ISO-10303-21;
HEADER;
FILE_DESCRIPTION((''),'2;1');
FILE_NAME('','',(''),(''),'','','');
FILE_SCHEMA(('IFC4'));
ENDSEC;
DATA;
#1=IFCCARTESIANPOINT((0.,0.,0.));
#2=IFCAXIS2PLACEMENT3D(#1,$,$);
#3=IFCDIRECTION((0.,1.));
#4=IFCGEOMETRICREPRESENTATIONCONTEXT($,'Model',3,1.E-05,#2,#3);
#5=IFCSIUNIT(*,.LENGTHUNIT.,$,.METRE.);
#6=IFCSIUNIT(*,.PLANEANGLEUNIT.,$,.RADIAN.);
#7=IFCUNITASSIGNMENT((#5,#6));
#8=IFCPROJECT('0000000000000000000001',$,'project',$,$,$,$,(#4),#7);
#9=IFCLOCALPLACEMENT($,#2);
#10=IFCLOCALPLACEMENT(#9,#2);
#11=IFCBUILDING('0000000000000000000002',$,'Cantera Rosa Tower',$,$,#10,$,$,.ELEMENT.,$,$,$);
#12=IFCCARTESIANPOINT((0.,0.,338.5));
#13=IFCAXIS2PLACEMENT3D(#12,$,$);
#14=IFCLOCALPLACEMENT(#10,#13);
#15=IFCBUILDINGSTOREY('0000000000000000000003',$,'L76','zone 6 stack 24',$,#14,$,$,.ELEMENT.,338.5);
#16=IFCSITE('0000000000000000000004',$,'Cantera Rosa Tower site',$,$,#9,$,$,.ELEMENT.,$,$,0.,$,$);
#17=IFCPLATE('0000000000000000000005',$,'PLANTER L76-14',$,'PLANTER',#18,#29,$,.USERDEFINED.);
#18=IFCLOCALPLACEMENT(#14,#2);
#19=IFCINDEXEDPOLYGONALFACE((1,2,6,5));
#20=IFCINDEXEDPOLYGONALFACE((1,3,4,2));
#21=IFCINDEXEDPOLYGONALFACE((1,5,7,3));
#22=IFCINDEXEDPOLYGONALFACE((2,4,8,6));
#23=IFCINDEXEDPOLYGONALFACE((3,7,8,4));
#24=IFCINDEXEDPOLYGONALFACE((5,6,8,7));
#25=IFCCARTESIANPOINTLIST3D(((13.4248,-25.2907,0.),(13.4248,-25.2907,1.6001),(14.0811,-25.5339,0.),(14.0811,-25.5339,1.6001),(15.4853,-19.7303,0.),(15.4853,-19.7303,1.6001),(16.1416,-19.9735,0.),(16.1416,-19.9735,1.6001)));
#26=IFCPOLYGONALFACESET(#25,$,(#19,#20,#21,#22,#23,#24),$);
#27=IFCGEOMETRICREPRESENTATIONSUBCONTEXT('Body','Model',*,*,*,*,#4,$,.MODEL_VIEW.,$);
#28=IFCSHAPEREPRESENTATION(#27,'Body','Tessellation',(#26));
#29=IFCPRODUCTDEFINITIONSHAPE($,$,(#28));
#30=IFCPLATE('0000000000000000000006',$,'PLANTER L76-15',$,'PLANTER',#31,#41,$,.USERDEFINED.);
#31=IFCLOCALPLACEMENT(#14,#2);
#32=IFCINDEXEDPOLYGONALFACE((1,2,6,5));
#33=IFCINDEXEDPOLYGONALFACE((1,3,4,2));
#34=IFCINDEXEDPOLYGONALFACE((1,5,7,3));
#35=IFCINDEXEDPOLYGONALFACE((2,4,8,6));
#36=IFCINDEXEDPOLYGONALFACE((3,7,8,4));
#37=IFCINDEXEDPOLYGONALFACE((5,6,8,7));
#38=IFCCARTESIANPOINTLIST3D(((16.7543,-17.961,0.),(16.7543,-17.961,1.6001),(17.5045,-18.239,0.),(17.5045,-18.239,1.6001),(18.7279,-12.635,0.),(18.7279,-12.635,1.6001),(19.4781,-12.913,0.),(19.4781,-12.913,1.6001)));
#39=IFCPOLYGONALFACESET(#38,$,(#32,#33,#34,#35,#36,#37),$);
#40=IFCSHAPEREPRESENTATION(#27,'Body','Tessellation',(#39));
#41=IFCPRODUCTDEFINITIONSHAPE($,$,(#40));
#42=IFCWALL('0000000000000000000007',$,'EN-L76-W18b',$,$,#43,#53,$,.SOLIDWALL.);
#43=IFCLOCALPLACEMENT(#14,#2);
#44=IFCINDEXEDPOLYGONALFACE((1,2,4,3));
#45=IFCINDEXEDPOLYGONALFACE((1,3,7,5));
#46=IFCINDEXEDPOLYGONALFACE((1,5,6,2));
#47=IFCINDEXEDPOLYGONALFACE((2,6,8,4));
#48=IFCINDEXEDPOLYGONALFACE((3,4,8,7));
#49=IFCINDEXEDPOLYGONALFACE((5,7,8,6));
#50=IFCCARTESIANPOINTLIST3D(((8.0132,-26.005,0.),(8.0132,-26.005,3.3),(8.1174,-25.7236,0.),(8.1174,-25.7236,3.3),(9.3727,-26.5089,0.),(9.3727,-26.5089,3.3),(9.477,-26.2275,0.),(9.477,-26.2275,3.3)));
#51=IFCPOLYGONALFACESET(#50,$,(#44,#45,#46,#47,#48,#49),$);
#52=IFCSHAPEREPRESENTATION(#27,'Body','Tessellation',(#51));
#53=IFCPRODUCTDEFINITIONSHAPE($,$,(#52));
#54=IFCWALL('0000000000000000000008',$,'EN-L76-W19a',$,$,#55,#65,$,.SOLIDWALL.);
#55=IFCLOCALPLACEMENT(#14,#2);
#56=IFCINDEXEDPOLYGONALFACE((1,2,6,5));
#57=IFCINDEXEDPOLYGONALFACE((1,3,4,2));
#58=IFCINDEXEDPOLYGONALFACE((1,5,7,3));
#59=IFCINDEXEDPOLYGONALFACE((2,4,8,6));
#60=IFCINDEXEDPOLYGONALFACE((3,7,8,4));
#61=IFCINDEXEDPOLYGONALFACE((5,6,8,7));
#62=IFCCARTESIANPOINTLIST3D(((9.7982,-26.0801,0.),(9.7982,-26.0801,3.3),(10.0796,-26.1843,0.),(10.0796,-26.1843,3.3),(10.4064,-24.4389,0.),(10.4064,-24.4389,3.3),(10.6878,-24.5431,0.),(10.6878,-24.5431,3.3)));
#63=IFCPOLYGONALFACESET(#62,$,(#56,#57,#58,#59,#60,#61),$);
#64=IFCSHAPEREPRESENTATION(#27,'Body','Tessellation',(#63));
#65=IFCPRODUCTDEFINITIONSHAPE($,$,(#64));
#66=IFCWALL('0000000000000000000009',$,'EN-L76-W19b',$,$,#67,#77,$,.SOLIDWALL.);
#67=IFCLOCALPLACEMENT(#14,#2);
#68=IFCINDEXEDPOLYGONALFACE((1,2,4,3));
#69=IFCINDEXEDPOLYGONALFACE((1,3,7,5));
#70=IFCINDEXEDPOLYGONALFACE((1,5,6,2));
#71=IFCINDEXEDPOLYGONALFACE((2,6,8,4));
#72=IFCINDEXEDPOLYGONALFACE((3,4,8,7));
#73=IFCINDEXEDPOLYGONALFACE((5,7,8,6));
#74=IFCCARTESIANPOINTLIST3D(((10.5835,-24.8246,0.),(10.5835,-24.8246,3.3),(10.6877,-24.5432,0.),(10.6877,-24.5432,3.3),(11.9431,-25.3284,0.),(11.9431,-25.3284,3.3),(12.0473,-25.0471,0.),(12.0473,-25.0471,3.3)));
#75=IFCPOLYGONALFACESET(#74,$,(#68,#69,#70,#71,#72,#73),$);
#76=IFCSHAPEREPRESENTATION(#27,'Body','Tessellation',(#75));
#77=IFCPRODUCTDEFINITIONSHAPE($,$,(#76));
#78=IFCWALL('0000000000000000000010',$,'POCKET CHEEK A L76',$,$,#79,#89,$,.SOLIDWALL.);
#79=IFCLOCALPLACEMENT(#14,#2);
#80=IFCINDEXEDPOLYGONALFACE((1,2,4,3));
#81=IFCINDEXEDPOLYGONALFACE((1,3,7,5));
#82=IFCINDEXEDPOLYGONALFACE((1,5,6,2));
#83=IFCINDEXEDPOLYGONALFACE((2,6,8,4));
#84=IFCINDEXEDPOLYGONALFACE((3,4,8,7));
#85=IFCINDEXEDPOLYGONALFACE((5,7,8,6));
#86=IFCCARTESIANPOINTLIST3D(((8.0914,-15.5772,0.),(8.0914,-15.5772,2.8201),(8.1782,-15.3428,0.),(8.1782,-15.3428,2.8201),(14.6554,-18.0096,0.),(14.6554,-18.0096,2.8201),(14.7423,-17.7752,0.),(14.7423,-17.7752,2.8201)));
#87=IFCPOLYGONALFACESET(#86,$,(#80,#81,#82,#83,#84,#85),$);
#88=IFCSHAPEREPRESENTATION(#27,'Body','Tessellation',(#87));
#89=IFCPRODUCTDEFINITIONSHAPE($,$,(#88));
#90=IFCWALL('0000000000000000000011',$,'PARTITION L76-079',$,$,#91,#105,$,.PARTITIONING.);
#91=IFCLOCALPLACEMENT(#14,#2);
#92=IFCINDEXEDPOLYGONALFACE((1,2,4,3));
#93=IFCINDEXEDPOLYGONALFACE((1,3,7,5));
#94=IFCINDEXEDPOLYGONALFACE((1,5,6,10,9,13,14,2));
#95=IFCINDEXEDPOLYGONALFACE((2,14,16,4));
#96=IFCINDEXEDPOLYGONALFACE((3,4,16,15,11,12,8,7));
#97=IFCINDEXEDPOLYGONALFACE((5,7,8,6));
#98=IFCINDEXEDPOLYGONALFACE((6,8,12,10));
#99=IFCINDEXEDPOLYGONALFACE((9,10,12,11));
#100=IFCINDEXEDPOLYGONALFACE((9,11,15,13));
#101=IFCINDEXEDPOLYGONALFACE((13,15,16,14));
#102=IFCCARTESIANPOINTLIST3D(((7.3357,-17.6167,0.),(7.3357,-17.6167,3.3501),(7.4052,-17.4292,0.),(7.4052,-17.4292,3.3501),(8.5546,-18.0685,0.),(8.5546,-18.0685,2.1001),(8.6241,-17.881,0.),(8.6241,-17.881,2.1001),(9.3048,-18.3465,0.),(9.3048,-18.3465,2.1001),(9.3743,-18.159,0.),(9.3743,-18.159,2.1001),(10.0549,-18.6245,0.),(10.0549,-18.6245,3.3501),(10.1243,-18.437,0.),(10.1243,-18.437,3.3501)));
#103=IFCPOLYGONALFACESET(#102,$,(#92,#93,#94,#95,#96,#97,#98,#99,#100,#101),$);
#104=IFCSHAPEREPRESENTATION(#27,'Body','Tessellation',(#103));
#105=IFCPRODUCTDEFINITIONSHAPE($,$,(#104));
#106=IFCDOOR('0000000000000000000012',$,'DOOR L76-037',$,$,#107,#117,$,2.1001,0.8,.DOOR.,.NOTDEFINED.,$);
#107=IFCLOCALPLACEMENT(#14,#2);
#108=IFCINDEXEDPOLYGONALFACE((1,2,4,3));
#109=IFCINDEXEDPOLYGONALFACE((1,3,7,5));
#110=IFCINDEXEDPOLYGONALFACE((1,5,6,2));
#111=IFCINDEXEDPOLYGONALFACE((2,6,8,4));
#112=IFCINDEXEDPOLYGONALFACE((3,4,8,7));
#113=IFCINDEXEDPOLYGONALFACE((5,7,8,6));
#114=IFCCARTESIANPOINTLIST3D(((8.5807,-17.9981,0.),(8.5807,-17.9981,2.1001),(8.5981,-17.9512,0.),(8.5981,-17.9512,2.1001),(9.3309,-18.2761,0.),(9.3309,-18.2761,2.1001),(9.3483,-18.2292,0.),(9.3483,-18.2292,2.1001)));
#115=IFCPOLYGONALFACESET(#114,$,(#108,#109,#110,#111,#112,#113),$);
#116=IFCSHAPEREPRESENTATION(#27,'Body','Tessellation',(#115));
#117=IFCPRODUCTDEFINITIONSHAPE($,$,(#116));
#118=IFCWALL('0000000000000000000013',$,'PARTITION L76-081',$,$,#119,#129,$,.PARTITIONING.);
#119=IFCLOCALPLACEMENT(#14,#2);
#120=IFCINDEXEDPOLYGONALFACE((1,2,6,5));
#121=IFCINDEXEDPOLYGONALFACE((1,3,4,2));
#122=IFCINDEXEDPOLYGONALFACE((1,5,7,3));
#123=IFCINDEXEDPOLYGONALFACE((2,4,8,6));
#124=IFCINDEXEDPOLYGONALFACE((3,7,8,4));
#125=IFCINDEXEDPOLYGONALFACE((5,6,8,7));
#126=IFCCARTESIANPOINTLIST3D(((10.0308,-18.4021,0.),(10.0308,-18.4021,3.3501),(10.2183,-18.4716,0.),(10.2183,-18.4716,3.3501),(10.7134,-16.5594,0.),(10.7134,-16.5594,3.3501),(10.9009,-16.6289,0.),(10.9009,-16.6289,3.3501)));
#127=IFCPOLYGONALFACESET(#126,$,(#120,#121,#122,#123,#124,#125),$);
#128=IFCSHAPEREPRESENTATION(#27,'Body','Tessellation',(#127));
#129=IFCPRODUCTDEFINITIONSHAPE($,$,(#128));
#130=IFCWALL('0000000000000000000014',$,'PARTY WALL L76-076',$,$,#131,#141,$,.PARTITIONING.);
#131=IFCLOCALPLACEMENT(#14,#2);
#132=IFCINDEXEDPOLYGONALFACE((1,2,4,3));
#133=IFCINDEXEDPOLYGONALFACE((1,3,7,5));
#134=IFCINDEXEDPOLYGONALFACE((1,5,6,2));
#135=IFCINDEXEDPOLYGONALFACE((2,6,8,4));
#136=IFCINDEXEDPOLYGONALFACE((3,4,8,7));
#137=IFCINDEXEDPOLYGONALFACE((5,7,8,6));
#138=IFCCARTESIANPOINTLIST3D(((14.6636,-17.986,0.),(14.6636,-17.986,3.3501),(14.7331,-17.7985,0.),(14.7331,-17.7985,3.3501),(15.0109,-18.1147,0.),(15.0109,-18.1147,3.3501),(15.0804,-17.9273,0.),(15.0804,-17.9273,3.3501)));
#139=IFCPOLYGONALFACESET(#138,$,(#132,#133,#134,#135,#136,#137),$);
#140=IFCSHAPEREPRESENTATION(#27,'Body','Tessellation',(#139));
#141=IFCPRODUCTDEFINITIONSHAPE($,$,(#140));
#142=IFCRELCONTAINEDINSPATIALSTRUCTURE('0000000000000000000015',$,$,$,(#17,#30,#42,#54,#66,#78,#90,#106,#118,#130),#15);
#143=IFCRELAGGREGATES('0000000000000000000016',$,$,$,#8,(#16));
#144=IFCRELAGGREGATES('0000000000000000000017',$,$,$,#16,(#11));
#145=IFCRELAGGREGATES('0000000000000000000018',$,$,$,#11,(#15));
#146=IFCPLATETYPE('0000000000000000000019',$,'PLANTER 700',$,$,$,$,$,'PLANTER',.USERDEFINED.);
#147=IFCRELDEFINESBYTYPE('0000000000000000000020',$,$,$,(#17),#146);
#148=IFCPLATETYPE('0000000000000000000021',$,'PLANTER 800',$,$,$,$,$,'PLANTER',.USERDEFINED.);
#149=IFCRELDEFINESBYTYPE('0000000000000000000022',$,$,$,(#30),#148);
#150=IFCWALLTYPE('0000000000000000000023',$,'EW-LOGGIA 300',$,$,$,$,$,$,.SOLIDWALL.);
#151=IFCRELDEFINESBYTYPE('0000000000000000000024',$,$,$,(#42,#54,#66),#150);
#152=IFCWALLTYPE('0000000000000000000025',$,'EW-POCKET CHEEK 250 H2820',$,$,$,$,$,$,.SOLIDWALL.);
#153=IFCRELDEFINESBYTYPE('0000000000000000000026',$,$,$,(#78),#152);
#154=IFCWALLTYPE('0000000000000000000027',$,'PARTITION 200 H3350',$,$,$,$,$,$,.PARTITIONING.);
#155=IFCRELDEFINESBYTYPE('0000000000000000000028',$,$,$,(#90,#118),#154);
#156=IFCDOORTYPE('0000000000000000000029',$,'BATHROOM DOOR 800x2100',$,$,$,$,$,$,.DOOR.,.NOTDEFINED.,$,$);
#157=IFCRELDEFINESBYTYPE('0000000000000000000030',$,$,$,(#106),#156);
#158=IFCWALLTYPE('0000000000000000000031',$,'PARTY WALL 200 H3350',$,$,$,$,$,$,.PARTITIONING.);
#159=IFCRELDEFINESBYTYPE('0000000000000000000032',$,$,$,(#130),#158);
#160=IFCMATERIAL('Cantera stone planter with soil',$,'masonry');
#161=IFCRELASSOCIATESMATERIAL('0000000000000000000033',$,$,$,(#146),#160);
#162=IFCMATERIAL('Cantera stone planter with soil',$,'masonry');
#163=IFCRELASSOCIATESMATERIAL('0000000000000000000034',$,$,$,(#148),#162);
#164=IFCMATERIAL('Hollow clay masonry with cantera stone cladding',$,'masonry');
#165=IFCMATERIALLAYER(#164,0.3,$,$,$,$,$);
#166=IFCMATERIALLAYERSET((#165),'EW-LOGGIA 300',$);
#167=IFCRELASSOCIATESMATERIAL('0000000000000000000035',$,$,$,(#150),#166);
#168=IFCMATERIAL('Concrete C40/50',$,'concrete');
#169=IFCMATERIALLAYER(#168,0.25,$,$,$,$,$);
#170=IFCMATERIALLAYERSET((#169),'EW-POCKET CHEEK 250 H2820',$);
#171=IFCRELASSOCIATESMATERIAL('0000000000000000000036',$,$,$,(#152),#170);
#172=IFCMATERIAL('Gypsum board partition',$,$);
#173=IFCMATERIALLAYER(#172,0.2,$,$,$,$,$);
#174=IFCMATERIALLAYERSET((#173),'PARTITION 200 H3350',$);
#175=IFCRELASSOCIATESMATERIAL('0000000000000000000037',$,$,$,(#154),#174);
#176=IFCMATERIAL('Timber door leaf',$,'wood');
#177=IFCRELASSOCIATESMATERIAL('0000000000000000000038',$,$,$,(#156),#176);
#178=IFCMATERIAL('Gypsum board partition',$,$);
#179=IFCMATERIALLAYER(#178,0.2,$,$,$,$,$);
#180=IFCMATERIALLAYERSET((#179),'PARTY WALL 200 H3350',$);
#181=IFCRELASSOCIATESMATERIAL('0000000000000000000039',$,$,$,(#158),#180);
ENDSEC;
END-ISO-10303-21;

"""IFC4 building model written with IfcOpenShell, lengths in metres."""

from ifc_helpers import new_model, si_unit, direction, frame, frame_2d, origin, origin_2d, place, context, subcontext, project, spatial, rectangle, extrude, material, layer, layer_set, type_object, element, fill, save


model = new_model("IFC4")

# Units and contexts
model_context = context("Model", 3, precision=1e-05, world=origin(), true_north=direction((0.0, 1.0)))
body_context = subcontext(model_context, "Body", "Model", "MODEL_VIEW")
ifc_project = project(units=[si_unit("LENGTHUNIT", "METRE"), si_unit("PLANEANGLEUNIT", "RADIAN")], contexts=[model_context])

# Site, building, storey
site_placement = place(None, origin())
site = spatial("IfcSite", under=ifc_project, at=site_placement, Name="Cantera Rosa Tower site", CompositionType="ELEMENT", RefElevation=0.0)
building_placement = place(site_placement, origin())
building = spatial("IfcBuilding", under=site, at=building_placement, Name="Cantera Rosa Tower", CompositionType="ELEMENT")
storey_placement = place(building_placement, frame((0.0, 0.0, 338.5)))
storey = spatial("IfcBuildingStorey", under=building, at=storey_placement, Name="L76", Description="zone 6 stack 24", CompositionType="ELEMENT", Elevation=338.5)

# Plates
ifc_material_1 = material(Name="Cantera stone planter with soil", Category="masonry")
plate_type_1 = type_object("IfcPlateType", Name="PLANTER 700", ElementType="PLANTER", PredefinedType="USERDEFINED", material=ifc_material_1)
plate_1_placement = place(storey_placement, frame((14.7832, -22.6321, 0.0), z_axis=(0.0, 0.0, 1.0), x_axis=(0.347481, 0.937687, 0.0)))
element("IfcPlate", 1, at=plate_1_placement, inside=storey, type_object=plate_type_1, Name="PLANTER L76-14", ObjectType="PLANTER", PredefinedType="USERDEFINED", context=body_context, shape_type="SweptSolid", body=[
    extrude(rectangle(XDim=5.9299, YDim=0.7, at=origin_2d()), origin(), (0.0, 0.0, 1.0), 1.6001),
])
ifc_material_2 = material(Name="Cantera stone planter with soil", Category="masonry")
plate_type_2 = type_object("IfcPlateType", Name="PLANTER 800", ElementType="PLANTER", PredefinedType="USERDEFINED", material=ifc_material_2)
plate_2_placement = place(storey_placement, frame((18.1162, -15.437, 0.0), z_axis=(0.0, 0.0, 1.0), x_axis=(0.347481, 0.937687, 0.0)))
element("IfcPlate", 2, at=plate_2_placement, inside=storey, type_object=plate_type_2, Name="PLANTER L76-15", ObjectType="PLANTER", PredefinedType="USERDEFINED", context=body_context, shape_type="SweptSolid", body=[
    extrude(rectangle(XDim=5.6799, YDim=0.8, at=origin_2d()), origin(), (0.0, 0.0, 1.0), 1.6001),
])

# Walls
ifc_material_3 = material(Name="Hollow clay masonry with cantera stone cladding", Category="masonry")
ifc_layer_1 = layer(ifc_material_3, 0.3)
ifc_layer_set_1 = layer_set([ifc_layer_1], Name="EW-LOGGIA 300")
wall_type_1 = type_object("IfcWallType", Name="EW-LOGGIA 300", PredefinedType="SOLIDWALL", material=ifc_layer_set_1)
wall_1_placement = place(storey_placement, frame((8.0652, -25.8643, 0.0), z_axis=(0.0, 0.0, 1.0), x_axis=(0.937672, -0.347523, 0.0)))
element("IfcWall", 3, at=wall_1_placement, inside=storey, type_object=wall_type_1, Name="EN-L76-W18b", PredefinedType="SOLIDWALL", context=body_context, shape_type="SweptSolid", body=[
    extrude(rectangle(XDim=1.45, YDim=0.3, at=frame_2d((0.7251, 0.0))), origin(), (0.0, 0.0, 1.0), 3.3),
])
wall_2_placement = place(storey_placement, frame((9.939, -26.1321, 0.0), z_axis=(0.0, 0.0, 1.0), x_axis=(0.347482, 0.937686, 0.0)))
element("IfcWall", 4, at=wall_2_placement, inside=storey, type_object=wall_type_1, Name="EN-L76-W19a", PredefinedType="SOLIDWALL", context=body_context, shape_type="SweptSolid", body=[
    extrude(rectangle(XDim=1.7502, YDim=0.3, at=frame_2d((0.875, 0.0))), origin(), (0.0, 0.0, 1.0), 3.3),
])
wall_3_placement = place(storey_placement, frame((10.6355, -24.6838, 0.0), z_axis=(0.0, 0.0, 1.0), x_axis=(0.937672, -0.347523, 0.0)))
element("IfcWall", 5, at=wall_3_placement, inside=storey, type_object=wall_type_1, Name="EN-L76-W19b", PredefinedType="SOLIDWALL", context=body_context, shape_type="SweptSolid", body=[
    extrude(rectangle(XDim=1.45, YDim=0.3, at=frame_2d((0.7251, 0.0))), origin(), (0.0, 0.0, 1.0), 3.3),
])

# Wall
ifc_material_4 = material(Name="Concrete C40/50", Category="concrete")
ifc_layer_2 = layer(ifc_material_4, 0.25)
ifc_layer_set_2 = layer_set([ifc_layer_2], Name="EW-POCKET CHEEK 250 H2820")
wall_type_2 = type_object("IfcWallType", Name="EW-POCKET CHEEK 250 H2820", PredefinedType="SOLIDWALL", material=ifc_layer_set_2)
wall_4_placement = place(storey_placement, frame((14.6987, -17.8923, 0.0), z_axis=(0.0, 0.0, 1.0), x_axis=(-0.937689, 0.347475, 0.0)))
element("IfcWall", 6, at=wall_4_placement, inside=storey, type_object=wall_type_2, Name="POCKET CHEEK A L76", PredefinedType="SOLIDWALL", context=body_context, shape_type="SweptSolid", body=[
    extrude(rectangle(XDim=7.0002, YDim=0.25, at=frame_2d((3.5, 0.0))), origin(), (0.0, 0.0, 1.0), 2.8201),
])

# Wall, opening, door
ifc_material_5 = material(Name="Gypsum board partition")
ifc_layer_3 = layer(ifc_material_5, 0.2)
ifc_layer_set_3 = layer_set([ifc_layer_3], Name="PARTITION 200 H3350")
wall_type_3 = type_object("IfcWallType", Name="PARTITION 200 H3350", PredefinedType="PARTITIONING", material=ifc_layer_set_3)
wall_5_placement = place(storey_placement, frame((10.0896, -18.5308, 0.0), z_axis=(0.0, 0.0, 1.0), x_axis=(-0.937672, 0.347523, 0.0)))
wall_5 = element("IfcWall", 7, at=wall_5_placement, inside=storey, type_object=wall_type_3, Name="PARTITION L76-079", PredefinedType="PARTITIONING", context=body_context, shape_type="SweptSolid", body=[
    extrude(rectangle(XDim=2.8999, YDim=0.2, at=frame_2d((1.45, 0.0))), origin(), (0.0, 0.0, 1.0), 3.3501),
])
opening_1_placement = place(wall_5_placement, frame((0.8, 0.0, 0.0)))
opening_1 = element("IfcOpeningElement", 8, at=opening_1_placement, cuts=wall_5, PredefinedType="OPENING", context=body_context, shape_type="SweptSolid", body=[
    extrude(rectangle(XDim=0.8, YDim=2.1001, at=frame_2d((0.3999, 1.05))), frame((0.0, 0.1099, 0.0), z_axis=(0.0, -1.0, 0.0), x_axis=(1.0, 0.0, 0.0)), (0.0, 0.0, 1.0), 0.22),
])
ifc_material_6 = material(Name="Timber door leaf", Category="wood")
door_type_1 = type_object("IfcDoorType", Name="BATHROOM DOOR 800x2100", OperationType="NOTDEFINED", PredefinedType="DOOR", material=ifc_material_6)
door_1_placement = place(opening_1_placement, origin())
door_1 = element("IfcDoor", 9, at=door_1_placement, inside=storey, type_object=door_type_1, Name="DOOR L76-037", OperationType="NOTDEFINED", OverallHeight=2.1001, OverallWidth=0.8, PredefinedType="DOOR", context=body_context, shape_type="SweptSolid", body=[
    extrude(rectangle(XDim=0.8, YDim=2.1001, at=frame_2d((0.3999, 1.05))), frame((0.0, 0.0249, 0.0), z_axis=(0.0, -1.0, 0.0), x_axis=(1.0, 0.0, 0.0)), (0.0, 0.0, 1.0), 0.05),
])
fill(opening_1, door_1)

# Walls
wall_6_placement = place(storey_placement, frame((10.8071, -16.5942, 0.0), z_axis=(0.0, 0.0, 1.0), x_axis=(-0.347363, -0.937731, 0.0)))
element("IfcWall", 10, at=wall_6_placement, inside=storey, type_object=wall_type_3, Name="PARTITION L76-081", PredefinedType="PARTITIONING", context=body_context, shape_type="SweptSolid", body=[
    extrude(rectangle(XDim=1.9651, YDim=0.2, at=frame_2d((0.9824, 0.0))), origin(), (0.0, 0.0, 1.0), 3.3501),
])
ifc_material_7 = material(Name="Gypsum board partition")
ifc_layer_4 = layer(ifc_material_7, 0.2)
ifc_layer_set_4 = layer_set([ifc_layer_4], Name="PARTY WALL 200 H3350")
wall_type_4 = type_object("IfcWallType", Name="PARTY WALL 200 H3350", PredefinedType="PARTITIONING", material=ifc_layer_set_4)
wall_7_placement = place(storey_placement, frame((14.6985, -17.8923, 0.0), z_axis=(0.0, 0.0, 1.0), x_axis=(0.937677, -0.347508, 0.0)))
element("IfcWall", 11, at=wall_7_placement, inside=storey, type_object=wall_type_4, Name="PARTY WALL L76-076", PredefinedType="PARTITIONING", context=body_context, shape_type="SweptSolid", body=[
    extrude(rectangle(XDim=0.3704, YDim=0.2, at=frame_2d((0.1851, 0.0))), origin(), (0.0, 0.0, 1.0), 3.3501),
])

save(model, "model.ifc")
